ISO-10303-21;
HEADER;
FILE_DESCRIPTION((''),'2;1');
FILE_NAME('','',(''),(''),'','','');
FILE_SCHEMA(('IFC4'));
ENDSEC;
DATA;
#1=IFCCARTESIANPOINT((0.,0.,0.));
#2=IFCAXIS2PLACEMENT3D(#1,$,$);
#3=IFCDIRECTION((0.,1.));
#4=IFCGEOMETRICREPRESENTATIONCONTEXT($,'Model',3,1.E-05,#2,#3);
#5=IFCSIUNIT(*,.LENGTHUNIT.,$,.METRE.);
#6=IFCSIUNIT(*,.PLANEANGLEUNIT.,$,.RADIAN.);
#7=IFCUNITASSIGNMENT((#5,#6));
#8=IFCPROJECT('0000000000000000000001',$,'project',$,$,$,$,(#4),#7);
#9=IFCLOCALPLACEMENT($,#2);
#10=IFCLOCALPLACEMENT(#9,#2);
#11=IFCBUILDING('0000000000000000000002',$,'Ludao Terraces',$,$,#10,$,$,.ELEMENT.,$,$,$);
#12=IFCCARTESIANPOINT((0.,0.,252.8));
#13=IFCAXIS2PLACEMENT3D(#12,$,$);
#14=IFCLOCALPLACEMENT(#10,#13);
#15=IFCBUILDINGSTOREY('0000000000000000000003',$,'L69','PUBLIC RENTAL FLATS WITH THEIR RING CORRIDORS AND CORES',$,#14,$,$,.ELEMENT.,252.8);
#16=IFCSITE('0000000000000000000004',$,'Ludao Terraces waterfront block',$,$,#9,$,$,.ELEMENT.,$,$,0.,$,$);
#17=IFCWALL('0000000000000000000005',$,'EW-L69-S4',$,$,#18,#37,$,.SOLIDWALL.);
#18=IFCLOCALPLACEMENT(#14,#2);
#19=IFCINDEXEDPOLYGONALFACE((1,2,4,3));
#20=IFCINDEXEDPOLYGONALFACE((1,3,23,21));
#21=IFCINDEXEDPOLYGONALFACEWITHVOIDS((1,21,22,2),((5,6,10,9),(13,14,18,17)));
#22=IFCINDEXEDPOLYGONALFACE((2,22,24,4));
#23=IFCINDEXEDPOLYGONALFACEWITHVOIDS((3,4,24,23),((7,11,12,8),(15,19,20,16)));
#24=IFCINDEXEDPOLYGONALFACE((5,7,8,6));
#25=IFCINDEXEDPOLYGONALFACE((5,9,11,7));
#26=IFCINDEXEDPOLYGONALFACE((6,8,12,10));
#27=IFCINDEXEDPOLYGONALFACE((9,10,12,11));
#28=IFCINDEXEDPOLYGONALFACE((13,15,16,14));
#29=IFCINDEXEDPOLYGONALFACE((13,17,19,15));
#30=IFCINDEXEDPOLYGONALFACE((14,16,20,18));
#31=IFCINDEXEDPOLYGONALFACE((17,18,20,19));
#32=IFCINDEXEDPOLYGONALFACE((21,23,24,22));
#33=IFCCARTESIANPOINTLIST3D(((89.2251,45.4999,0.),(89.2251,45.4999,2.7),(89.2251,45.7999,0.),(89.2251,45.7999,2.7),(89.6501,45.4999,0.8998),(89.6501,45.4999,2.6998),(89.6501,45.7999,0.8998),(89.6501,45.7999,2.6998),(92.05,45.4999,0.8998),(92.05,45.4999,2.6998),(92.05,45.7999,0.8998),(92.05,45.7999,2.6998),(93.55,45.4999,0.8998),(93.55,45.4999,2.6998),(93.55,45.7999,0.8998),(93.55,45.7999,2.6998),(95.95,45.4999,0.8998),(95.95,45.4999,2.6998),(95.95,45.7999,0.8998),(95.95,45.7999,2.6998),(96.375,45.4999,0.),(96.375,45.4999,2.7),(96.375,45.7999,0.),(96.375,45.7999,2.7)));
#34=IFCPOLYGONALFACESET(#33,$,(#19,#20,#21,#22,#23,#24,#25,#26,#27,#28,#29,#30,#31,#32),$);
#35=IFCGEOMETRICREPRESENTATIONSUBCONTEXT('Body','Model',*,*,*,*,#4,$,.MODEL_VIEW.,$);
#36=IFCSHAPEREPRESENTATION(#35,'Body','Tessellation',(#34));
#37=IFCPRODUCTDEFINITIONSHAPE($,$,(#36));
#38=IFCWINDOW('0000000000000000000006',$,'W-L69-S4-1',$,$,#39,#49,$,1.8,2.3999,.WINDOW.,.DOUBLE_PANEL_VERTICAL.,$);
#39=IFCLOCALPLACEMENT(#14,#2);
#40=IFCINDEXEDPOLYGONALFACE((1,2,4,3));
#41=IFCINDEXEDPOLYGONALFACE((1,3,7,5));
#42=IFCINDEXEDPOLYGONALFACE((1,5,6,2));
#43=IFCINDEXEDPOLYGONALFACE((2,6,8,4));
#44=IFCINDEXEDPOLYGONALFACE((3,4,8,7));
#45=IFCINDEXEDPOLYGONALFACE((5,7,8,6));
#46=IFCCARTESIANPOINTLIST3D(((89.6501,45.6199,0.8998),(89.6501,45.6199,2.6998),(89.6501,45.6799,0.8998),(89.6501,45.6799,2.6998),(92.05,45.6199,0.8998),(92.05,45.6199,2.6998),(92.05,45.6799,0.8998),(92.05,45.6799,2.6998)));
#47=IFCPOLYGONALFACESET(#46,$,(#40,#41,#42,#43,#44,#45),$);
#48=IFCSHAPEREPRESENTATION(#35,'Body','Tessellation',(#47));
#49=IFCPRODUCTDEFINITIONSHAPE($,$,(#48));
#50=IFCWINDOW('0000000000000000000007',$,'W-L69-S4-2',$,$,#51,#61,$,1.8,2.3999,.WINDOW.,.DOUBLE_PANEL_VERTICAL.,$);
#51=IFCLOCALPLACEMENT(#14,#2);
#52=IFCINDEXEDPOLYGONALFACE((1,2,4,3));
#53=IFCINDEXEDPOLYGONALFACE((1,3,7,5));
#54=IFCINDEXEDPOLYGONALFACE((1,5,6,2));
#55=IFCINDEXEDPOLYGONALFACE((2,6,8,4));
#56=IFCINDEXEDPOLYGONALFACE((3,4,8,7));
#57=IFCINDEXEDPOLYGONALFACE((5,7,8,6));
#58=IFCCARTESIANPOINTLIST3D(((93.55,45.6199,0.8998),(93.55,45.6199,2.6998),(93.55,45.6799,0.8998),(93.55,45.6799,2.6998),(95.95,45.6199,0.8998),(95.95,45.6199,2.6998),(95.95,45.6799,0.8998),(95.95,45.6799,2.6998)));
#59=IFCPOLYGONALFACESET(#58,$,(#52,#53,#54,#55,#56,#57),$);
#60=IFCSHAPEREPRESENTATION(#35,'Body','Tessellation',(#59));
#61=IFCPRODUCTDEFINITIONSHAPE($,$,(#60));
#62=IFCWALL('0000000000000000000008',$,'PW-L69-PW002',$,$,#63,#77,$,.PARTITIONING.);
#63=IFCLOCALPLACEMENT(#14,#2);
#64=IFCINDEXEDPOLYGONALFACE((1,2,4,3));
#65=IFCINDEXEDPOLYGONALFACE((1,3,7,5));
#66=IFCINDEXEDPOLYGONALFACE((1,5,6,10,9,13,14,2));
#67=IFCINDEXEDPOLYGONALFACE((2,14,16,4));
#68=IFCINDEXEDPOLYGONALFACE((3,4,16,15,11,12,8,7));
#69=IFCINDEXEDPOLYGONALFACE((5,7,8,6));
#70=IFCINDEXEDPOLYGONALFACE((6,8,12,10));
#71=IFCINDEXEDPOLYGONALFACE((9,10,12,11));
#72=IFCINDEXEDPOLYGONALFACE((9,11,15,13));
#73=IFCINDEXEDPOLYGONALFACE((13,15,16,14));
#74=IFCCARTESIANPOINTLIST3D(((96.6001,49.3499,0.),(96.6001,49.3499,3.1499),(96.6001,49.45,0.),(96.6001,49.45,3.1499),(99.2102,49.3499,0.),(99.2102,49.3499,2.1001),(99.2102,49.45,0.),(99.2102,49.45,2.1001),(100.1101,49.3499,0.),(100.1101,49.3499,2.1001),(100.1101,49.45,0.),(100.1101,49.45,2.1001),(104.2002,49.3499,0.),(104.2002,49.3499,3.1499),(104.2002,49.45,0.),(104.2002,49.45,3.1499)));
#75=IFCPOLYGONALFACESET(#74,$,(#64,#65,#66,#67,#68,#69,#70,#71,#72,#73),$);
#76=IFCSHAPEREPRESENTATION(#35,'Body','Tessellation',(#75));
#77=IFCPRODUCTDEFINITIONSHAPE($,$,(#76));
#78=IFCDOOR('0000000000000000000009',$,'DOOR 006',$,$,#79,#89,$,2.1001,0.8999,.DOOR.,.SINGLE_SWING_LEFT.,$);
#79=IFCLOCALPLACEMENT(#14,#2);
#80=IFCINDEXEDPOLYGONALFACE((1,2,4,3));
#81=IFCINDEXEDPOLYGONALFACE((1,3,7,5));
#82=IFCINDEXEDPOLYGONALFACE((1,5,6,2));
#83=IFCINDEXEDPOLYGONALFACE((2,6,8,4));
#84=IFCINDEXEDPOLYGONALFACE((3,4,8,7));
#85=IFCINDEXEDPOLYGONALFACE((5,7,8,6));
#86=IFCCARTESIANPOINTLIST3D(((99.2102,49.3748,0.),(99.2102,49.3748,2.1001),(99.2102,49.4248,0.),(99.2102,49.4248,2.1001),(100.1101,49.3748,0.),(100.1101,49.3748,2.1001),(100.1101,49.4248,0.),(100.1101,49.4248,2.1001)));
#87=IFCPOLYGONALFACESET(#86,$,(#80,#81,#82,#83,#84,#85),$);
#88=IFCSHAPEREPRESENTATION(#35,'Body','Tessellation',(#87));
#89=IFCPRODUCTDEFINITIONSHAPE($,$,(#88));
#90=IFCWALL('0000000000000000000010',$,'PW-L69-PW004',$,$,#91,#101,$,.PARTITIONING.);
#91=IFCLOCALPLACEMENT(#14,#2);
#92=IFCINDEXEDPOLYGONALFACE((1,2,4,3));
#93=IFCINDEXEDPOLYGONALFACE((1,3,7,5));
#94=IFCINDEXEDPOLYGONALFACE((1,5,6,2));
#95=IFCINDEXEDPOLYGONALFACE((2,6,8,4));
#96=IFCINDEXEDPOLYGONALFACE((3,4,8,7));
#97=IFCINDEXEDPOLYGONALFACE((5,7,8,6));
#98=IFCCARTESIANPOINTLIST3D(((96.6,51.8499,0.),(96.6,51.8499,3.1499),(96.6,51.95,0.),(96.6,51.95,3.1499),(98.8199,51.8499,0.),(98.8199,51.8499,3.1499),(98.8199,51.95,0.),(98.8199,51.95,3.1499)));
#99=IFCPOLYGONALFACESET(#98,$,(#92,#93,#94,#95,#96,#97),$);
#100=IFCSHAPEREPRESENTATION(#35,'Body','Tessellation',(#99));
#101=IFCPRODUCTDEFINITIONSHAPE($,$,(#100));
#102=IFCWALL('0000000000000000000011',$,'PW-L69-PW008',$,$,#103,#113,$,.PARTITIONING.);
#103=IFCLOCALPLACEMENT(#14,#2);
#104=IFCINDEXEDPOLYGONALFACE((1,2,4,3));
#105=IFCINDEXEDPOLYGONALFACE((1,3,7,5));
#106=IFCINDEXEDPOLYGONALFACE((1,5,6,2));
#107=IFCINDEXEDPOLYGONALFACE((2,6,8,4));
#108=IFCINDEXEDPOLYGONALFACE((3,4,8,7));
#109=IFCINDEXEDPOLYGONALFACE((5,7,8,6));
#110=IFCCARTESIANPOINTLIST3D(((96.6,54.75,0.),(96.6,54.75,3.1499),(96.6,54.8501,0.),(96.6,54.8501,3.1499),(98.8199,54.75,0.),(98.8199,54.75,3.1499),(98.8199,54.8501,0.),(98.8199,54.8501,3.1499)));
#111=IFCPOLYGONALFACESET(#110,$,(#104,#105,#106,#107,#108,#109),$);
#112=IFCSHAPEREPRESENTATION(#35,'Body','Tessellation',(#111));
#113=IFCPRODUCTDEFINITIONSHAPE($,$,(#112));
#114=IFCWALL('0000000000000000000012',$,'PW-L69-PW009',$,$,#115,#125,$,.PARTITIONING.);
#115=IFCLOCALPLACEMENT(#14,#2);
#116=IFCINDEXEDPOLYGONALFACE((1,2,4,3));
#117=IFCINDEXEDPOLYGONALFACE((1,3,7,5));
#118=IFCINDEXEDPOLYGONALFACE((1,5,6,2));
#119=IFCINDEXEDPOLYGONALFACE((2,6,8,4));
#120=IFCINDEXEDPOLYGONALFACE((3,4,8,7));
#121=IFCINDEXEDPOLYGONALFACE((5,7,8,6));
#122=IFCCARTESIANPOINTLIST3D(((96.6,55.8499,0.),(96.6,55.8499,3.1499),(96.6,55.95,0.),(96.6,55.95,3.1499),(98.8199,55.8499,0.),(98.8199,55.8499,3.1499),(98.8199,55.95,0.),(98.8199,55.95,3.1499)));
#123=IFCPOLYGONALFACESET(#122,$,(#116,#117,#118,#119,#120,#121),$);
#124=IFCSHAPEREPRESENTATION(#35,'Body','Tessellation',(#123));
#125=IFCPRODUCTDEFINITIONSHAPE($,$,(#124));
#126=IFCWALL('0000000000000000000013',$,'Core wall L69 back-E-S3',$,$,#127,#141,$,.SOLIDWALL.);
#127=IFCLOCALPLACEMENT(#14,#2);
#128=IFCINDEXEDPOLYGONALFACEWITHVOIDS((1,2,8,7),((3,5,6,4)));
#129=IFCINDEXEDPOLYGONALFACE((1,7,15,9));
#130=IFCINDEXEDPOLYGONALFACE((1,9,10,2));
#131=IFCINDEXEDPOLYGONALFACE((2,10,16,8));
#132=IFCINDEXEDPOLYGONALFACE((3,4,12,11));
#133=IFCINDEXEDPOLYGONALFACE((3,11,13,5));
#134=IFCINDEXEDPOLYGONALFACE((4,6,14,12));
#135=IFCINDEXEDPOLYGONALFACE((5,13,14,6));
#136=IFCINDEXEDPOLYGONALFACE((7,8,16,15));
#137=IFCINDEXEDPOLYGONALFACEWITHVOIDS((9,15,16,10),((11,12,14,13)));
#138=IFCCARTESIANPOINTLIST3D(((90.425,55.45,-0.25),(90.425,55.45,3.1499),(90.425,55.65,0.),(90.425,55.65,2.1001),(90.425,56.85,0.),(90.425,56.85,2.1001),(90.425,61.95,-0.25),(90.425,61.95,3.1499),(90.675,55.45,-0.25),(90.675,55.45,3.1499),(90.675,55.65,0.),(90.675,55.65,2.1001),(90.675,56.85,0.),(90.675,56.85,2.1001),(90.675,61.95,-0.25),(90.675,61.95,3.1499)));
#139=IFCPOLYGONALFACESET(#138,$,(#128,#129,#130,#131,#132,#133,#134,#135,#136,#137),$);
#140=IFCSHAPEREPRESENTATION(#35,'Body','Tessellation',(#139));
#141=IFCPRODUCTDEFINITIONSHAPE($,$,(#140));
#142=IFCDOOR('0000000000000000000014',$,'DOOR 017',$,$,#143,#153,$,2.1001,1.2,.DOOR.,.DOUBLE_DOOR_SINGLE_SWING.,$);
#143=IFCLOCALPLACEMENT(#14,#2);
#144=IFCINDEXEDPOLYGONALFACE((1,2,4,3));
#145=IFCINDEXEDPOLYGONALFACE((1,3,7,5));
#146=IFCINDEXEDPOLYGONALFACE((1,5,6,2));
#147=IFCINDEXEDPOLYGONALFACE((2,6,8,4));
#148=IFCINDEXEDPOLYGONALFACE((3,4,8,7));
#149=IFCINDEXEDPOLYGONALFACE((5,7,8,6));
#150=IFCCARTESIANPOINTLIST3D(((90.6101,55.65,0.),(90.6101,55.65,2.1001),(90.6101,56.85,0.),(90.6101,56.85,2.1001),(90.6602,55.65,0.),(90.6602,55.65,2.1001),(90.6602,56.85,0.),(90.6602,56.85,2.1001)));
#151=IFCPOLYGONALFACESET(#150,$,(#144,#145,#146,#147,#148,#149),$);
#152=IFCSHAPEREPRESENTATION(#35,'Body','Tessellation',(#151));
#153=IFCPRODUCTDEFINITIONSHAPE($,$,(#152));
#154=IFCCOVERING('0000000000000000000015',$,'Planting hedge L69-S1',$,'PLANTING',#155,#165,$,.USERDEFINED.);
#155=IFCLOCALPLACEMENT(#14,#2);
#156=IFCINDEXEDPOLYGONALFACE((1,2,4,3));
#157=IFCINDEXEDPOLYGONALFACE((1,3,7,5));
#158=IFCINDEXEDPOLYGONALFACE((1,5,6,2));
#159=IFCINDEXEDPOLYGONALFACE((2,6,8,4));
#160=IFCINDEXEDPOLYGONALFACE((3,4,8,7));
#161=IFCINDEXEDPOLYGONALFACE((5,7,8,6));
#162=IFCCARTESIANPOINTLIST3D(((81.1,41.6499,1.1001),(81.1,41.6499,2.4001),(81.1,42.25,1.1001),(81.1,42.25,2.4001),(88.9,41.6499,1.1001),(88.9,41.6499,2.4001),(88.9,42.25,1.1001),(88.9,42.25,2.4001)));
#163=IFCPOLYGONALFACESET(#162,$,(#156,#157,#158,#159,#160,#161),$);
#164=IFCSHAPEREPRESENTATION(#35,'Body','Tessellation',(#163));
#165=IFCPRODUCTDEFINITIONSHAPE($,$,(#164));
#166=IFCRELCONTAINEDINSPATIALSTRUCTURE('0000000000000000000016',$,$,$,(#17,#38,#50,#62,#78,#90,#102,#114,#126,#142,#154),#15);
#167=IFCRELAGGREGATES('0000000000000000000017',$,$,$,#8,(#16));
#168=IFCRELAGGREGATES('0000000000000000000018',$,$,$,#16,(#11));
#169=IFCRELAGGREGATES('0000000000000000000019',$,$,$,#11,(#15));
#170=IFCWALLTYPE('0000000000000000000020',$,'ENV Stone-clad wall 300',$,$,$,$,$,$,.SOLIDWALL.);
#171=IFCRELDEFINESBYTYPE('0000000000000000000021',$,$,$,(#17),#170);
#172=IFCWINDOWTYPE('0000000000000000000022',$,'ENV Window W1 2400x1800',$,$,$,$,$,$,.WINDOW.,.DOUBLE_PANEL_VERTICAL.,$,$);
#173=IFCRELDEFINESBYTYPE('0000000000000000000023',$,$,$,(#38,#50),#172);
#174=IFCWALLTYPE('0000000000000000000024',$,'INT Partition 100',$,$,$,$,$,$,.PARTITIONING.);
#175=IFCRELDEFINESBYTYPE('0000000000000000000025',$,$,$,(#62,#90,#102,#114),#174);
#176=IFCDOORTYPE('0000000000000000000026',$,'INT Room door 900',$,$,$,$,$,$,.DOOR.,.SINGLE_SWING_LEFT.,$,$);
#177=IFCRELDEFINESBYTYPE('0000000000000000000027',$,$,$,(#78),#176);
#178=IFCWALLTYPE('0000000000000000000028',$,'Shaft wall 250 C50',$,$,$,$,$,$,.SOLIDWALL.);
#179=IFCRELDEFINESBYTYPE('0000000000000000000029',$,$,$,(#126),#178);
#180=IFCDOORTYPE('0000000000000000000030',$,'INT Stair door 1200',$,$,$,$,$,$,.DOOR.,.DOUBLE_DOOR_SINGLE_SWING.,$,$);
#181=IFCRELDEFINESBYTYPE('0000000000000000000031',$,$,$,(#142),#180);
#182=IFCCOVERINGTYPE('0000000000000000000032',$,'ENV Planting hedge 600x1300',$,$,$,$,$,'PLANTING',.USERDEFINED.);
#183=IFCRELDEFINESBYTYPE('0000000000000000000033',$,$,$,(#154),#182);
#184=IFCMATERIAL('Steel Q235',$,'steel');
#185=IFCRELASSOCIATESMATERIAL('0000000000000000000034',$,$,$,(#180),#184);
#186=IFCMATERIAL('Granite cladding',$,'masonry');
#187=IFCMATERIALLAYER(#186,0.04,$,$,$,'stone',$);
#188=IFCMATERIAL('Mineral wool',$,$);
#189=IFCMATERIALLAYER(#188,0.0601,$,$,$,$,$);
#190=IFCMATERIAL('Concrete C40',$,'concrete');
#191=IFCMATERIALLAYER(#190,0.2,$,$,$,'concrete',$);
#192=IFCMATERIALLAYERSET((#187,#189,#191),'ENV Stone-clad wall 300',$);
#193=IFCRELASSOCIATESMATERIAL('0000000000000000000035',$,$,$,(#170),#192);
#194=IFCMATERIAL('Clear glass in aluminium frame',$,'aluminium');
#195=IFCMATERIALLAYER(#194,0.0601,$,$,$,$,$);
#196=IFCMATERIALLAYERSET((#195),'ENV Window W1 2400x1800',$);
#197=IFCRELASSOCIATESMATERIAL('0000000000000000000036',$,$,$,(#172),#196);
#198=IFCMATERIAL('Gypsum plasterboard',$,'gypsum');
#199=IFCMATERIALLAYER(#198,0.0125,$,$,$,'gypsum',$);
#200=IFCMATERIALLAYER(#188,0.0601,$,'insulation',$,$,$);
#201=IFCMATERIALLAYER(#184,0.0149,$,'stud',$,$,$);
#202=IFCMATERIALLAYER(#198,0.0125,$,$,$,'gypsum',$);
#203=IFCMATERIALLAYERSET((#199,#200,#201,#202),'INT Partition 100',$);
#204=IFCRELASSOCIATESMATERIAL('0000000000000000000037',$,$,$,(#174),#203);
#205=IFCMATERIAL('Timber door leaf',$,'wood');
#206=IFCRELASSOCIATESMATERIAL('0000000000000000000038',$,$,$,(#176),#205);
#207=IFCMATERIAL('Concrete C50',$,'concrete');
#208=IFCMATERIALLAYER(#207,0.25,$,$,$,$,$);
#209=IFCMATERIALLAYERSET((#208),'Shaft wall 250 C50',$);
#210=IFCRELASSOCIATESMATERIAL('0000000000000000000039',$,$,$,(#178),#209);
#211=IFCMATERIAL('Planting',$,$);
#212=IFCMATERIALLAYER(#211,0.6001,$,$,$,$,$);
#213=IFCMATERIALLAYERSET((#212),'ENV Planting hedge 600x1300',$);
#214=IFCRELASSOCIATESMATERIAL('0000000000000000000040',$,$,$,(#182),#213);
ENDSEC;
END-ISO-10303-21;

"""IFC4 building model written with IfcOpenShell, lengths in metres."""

from ifc_helpers import new_model, si_unit, direction, frame, frame_2d, origin, origin_2d, place, context, subcontext, project, spatial, rectangle, extrude, material, layer, layer_set, type_object, element, fill, save


model = new_model("IFC4")

# Units and contexts
model_context = context("Model", 3, precision=1e-05, world=origin(), true_north=direction((0.0, 1.0)))
body_context = subcontext(model_context, "Body", "Model", "MODEL_VIEW")
ifc_project = project(units=[si_unit("LENGTHUNIT", "METRE"), si_unit("PLANEANGLEUNIT", "RADIAN")], contexts=[model_context])

# Site, building, storey
site_placement = place(None, origin())
site = spatial("IfcSite", under=ifc_project, at=site_placement, Name="Ludao Terraces waterfront block", CompositionType="ELEMENT", RefElevation=0.0)
building_placement = place(site_placement, origin())
building = spatial("IfcBuilding", under=site, at=building_placement, Name="Ludao Terraces", CompositionType="ELEMENT")
storey_placement = place(building_placement, frame((0.0, 0.0, 252.8)))
storey = spatial("IfcBuildingStorey", under=building, at=storey_placement, Name="L69", Description="PUBLIC RENTAL FLATS WITH THEIR RING CORRIDORS AND CORES", CompositionType="ELEMENT", Elevation=252.8)

# Shared definitions
ifc_material_1 = material(Name="Concrete C40", Category="concrete")

# Shared definitions
ifc_material_2 = material(Name="Concrete C50", Category="concrete")
ifc_material_3 = material(Name="Steel Q235", Category="steel")
door_type_1 = type_object("IfcDoorType", Name="INT Stair door 1200", OperationType="DOUBLE_DOOR_SINGLE_SWING", PredefinedType="DOOR", material=ifc_material_3)

# Wall, openings, windows
ifc_material_4 = material(Name="Granite cladding", Category="masonry")
ifc_layer_1 = layer(ifc_material_4, 0.04, Category="stone")
ifc_material_5 = material(Name="Mineral wool")
ifc_layer_2 = layer(ifc_material_5, 0.0601)
ifc_layer_3 = layer(ifc_material_1, 0.2, Category="concrete")
ifc_layer_set_1 = layer_set([ifc_layer_1, ifc_layer_2, ifc_layer_3], Name="ENV Stone-clad wall 300")
wall_type_1 = type_object("IfcWallType", Name="ENV Stone-clad wall 300", PredefinedType="SOLIDWALL", material=ifc_layer_set_1)
wall_1_placement = place(storey_placement, frame((89.2251, 45.6499, 0.0), z_axis=(0.0, 0.0, 1.0), x_axis=(1.0, 0.0, 0.0)))
wall_1 = element("IfcWall", 1, at=wall_1_placement, inside=storey, type_object=wall_type_1, Name="EW-L69-S4", PredefinedType="SOLIDWALL", context=body_context, shape_type="SweptSolid", body=[
    extrude(rectangle(XDim=7.1499, YDim=0.3, at=frame_2d((3.575, 0.0))), origin(), (0.0, 0.0, 1.0), 2.7),
])
opening_1_placement = place(wall_1_placement, frame((0.425, 0.0, 0.8999)))
opening_1 = element("IfcOpeningElement", 2, at=opening_1_placement, cuts=wall_1, PredefinedType="OPENING", context=body_context, shape_type="SweptSolid", body=[
    extrude(rectangle(XDim=2.3999, YDim=1.8, at=frame_2d((1.2, 0.8999))), frame((0.0, 0.1602, 0.0), z_axis=(0.0, -1.0, 0.0), x_axis=(1.0, 0.0, 0.0)), (0.0, 0.0, 1.0), 0.3201),
])
opening_2_placement = place(wall_1_placement, frame((4.325, 0.0, 0.8999)))
opening_2 = element("IfcOpeningElement", 3, at=opening_2_placement, cuts=wall_1, PredefinedType="OPENING", context=body_context, shape_type="SweptSolid", body=[
    extrude(rectangle(XDim=2.3999, YDim=1.8, at=frame_2d((1.2, 0.8999))), frame((0.0, 0.1602, 0.0), z_axis=(0.0, -1.0, 0.0), x_axis=(1.0, 0.0, 0.0)), (0.0, 0.0, 1.0), 0.3201),
])
ifc_material_6 = material(Name="Clear glass in aluminium frame", Category="aluminium")
ifc_layer_4 = layer(ifc_material_6, 0.0601)
ifc_layer_set_2 = layer_set([ifc_layer_4], Name="ENV Window W1 2400x1800")
window_type = type_object("IfcWindowType", Name="ENV Window W1 2400x1800", PartitioningType="DOUBLE_PANEL_VERTICAL", PredefinedType="WINDOW", material=ifc_layer_set_2)
window_1_placement = place(opening_1_placement, origin())
window_1 = element("IfcWindow", 4, at=window_1_placement, inside=storey, type_object=window_type, Name="W-L69-S4-1", OverallHeight=1.8, OverallWidth=2.3999, PartitioningType="DOUBLE_PANEL_VERTICAL", PredefinedType="WINDOW", context=body_context, shape_type="SweptSolid", body=[
    extrude(rectangle(XDim=2.3999, YDim=1.8, at=frame_2d((1.2, 0.8999))), frame((0.0, 0.03, 0.0), z_axis=(0.0, -1.0, 0.0), x_axis=(1.0, 0.0, 0.0)), (0.0, 0.0, 1.0), 0.0601),
])
fill(opening_1, window_1)
window_2_placement = place(opening_2_placement, origin())
window_2 = element("IfcWindow", 5, at=window_2_placement, inside=storey, type_object=window_type, Name="W-L69-S4-2", OverallHeight=1.8, OverallWidth=2.3999, PartitioningType="DOUBLE_PANEL_VERTICAL", PredefinedType="WINDOW", context=body_context, shape_type="SweptSolid", body=[
    extrude(rectangle(XDim=2.3999, YDim=1.8, at=frame_2d((1.2, 0.8999))), frame((0.0, 0.03, 0.0), z_axis=(0.0, -1.0, 0.0), x_axis=(1.0, 0.0, 0.0)), (0.0, 0.0, 1.0), 0.0601),
])
fill(opening_2, window_2)

# Wall, opening, door
ifc_material_7 = material(Name="Gypsum plasterboard", Category="gypsum")
ifc_layer_5 = layer(ifc_material_7, 0.0125, Category="gypsum")
ifc_layer_6 = layer(ifc_material_5, 0.0601, Name="insulation")
ifc_layer_7 = layer(ifc_material_3, 0.0149, Name="stud")
ifc_layer_8 = layer(ifc_material_7, 0.0125, Category="gypsum")
ifc_layer_set_3 = layer_set([ifc_layer_5, ifc_layer_6, ifc_layer_7, ifc_layer_8], Name="INT Partition 100")
wall_type_2 = type_object("IfcWallType", Name="INT Partition 100", PredefinedType="PARTITIONING", material=ifc_layer_set_3)
wall_2_placement = place(storey_placement, frame((96.6001, 49.3999, 0.0), z_axis=(0.0, 0.0, 1.0), x_axis=(1.0, 0.0, 0.0)))
wall_2 = element("IfcWall", 6, at=wall_2_placement, inside=storey, type_object=wall_type_2, Name="PW-L69-PW002", PredefinedType="PARTITIONING", context=body_context, shape_type="SweptSolid", body=[
    extrude(rectangle(XDim=7.6001, YDim=0.1001, at=frame_2d((3.8, 0.0))), origin(), (0.0, 0.0, 1.0), 3.1499),
])
opening_3_placement = place(wall_2_placement, frame((2.6101, 0.0, 0.0)))
opening_3 = element("IfcOpeningElement", 7, at=opening_3_placement, cuts=wall_2, PredefinedType="OPENING", context=body_context, shape_type="SweptSolid", body=[
    extrude(rectangle(XDim=0.8999, YDim=2.1001, at=frame_2d((0.45, 1.05))), frame((0.0, 0.0601, 0.0), z_axis=(0.0, -1.0, 0.0), x_axis=(1.0, 0.0, 0.0)), (0.0, 0.0, 1.0), 0.1201),
])
ifc_material_8 = material(Name="Timber door leaf", Category="wood")
door_type_2 = type_object("IfcDoorType", Name="INT Room door 900", OperationType="SINGLE_SWING_LEFT", PredefinedType="DOOR", material=ifc_material_8)
door_1_placement = place(opening_3_placement, origin())
door_1 = element("IfcDoor", 8, at=door_1_placement, inside=storey, type_object=door_type_2, Name="DOOR 006", OperationType="SINGLE_SWING_LEFT", OverallHeight=2.1001, OverallWidth=0.8999, PredefinedType="DOOR", context=body_context, shape_type="SweptSolid", body=[
    extrude(rectangle(XDim=0.8999, YDim=2.1001, at=frame_2d((0.45, 1.05))), frame((0.0, 0.0249, 0.0), z_axis=(0.0, -1.0, 0.0), x_axis=(1.0, 0.0, 0.0)), (0.0, 0.0, 1.0), 0.05),
])
fill(opening_3, door_1)

# Walls
for number, where, z_axis, x_axis, name in (
    (9, (96.6001, 51.8999, 0.0), (0.0, 0.0, 1.0), (1.0, 0.0, 0.0), "PW-L69-PW004"),
    (10, (96.6001, 54.8, 0.0), (0.0, 0.0, 1.0), (1.0, 0.0, 0.0), "PW-L69-PW008"),
    (11, (96.6001, 55.8999, 0.0), (0.0, 0.0, 1.0), (1.0, 0.0, 0.0), "PW-L69-PW009"),
):
    element("IfcWall", number, at=place(storey_placement, frame(where, z_axis=z_axis, x_axis=x_axis)), inside=storey, type_object=wall_type_2, Name=name, PredefinedType="PARTITIONING", context=body_context, shape_type="SweptSolid", body=[
        extrude(rectangle(XDim=2.22, YDim=0.1001, at=frame_2d((1.1099, 0.0))), origin(), (0.0, 0.0, 1.0), 3.1499),
    ])

# Wall, opening, door
ifc_layer_9 = layer(ifc_material_2, 0.25)
ifc_layer_set_4 = layer_set([ifc_layer_9], Name="Shaft wall 250 C50")
wall_type_3 = type_object("IfcWallType", Name="Shaft wall 250 C50", PredefinedType="SOLIDWALL", material=ifc_layer_set_4)
wall_3_placement = place(storey_placement, frame((90.55, 55.45, -0.25), z_axis=(0.0, 0.0, 1.0), x_axis=(0.0, 1.0, 0.0)))
wall_3 = element("IfcWall", 12, at=wall_3_placement, inside=storey, type_object=wall_type_3, Name="Core wall L69 back-E-S3", PredefinedType="SOLIDWALL", context=body_context, shape_type="SweptSolid", body=[
    extrude(rectangle(XDim=6.5, YDim=0.25, at=frame_2d((3.25, 0.0))), origin(), (0.0, 0.0, 1.0), 3.3999),
])
opening_4_placement = place(wall_3_placement, frame((0.2, 0.0, 0.25)))
opening_4 = element("IfcOpeningElement", 13, at=opening_4_placement, cuts=wall_3, PredefinedType="OPENING", context=body_context, shape_type="SweptSolid", body=[
    extrude(rectangle(XDim=1.2, YDim=2.1001, at=frame_2d((0.6001, 1.05))), frame((0.0, 0.135, 0.0), z_axis=(0.0, -1.0, 0.0), x_axis=(1.0, 0.0, 0.0)), (0.0, 0.0, 1.0), 0.27),
])
door_2_placement = place(opening_4_placement, origin())
door_2 = element("IfcDoor", 14, at=door_2_placement, inside=storey, type_object=door_type_1, Name="DOOR 017", OperationType="DOUBLE_DOOR_SINGLE_SWING", OverallHeight=2.1001, OverallWidth=1.2, PredefinedType="DOOR", context=body_context, shape_type="SweptSolid", body=[
    extrude(rectangle(XDim=1.2, YDim=2.1001, at=frame_2d((0.6001, 1.05))), frame((0.0, -0.0601, 0.0), z_axis=(0.0, -1.0, 0.0), x_axis=(1.0, 0.0, 0.0)), (0.0, 0.0, 1.0), 0.05),
])
fill(opening_4, door_2)

# Covering
ifc_material_9 = material(Name="Planting")
ifc_layer_10 = layer(ifc_material_9, 0.6001)
ifc_layer_set_5 = layer_set([ifc_layer_10], Name="ENV Planting hedge 600x1300")
covering_type = type_object("IfcCoveringType", Name="ENV Planting hedge 600x1300", ElementType="PLANTING", PredefinedType="USERDEFINED", material=ifc_layer_set_5)
covering_placement = place(storey_placement, frame((85.0, 41.95, 1.1001), z_axis=(0.0, 0.0, 1.0), x_axis=(1.0, 0.0, 0.0)))
element("IfcCovering", 15, at=covering_placement, inside=storey, type_object=covering_type, Name="Planting hedge L69-S1", ObjectType="PLANTING", PredefinedType="USERDEFINED", context=body_context, shape_type="SweptSolid", body=[
    extrude(rectangle(XDim=7.8, YDim=0.6001, at=origin_2d()), origin(), (0.0, 0.0, 1.0), 1.3),
])

save(model, "model.ifc")
